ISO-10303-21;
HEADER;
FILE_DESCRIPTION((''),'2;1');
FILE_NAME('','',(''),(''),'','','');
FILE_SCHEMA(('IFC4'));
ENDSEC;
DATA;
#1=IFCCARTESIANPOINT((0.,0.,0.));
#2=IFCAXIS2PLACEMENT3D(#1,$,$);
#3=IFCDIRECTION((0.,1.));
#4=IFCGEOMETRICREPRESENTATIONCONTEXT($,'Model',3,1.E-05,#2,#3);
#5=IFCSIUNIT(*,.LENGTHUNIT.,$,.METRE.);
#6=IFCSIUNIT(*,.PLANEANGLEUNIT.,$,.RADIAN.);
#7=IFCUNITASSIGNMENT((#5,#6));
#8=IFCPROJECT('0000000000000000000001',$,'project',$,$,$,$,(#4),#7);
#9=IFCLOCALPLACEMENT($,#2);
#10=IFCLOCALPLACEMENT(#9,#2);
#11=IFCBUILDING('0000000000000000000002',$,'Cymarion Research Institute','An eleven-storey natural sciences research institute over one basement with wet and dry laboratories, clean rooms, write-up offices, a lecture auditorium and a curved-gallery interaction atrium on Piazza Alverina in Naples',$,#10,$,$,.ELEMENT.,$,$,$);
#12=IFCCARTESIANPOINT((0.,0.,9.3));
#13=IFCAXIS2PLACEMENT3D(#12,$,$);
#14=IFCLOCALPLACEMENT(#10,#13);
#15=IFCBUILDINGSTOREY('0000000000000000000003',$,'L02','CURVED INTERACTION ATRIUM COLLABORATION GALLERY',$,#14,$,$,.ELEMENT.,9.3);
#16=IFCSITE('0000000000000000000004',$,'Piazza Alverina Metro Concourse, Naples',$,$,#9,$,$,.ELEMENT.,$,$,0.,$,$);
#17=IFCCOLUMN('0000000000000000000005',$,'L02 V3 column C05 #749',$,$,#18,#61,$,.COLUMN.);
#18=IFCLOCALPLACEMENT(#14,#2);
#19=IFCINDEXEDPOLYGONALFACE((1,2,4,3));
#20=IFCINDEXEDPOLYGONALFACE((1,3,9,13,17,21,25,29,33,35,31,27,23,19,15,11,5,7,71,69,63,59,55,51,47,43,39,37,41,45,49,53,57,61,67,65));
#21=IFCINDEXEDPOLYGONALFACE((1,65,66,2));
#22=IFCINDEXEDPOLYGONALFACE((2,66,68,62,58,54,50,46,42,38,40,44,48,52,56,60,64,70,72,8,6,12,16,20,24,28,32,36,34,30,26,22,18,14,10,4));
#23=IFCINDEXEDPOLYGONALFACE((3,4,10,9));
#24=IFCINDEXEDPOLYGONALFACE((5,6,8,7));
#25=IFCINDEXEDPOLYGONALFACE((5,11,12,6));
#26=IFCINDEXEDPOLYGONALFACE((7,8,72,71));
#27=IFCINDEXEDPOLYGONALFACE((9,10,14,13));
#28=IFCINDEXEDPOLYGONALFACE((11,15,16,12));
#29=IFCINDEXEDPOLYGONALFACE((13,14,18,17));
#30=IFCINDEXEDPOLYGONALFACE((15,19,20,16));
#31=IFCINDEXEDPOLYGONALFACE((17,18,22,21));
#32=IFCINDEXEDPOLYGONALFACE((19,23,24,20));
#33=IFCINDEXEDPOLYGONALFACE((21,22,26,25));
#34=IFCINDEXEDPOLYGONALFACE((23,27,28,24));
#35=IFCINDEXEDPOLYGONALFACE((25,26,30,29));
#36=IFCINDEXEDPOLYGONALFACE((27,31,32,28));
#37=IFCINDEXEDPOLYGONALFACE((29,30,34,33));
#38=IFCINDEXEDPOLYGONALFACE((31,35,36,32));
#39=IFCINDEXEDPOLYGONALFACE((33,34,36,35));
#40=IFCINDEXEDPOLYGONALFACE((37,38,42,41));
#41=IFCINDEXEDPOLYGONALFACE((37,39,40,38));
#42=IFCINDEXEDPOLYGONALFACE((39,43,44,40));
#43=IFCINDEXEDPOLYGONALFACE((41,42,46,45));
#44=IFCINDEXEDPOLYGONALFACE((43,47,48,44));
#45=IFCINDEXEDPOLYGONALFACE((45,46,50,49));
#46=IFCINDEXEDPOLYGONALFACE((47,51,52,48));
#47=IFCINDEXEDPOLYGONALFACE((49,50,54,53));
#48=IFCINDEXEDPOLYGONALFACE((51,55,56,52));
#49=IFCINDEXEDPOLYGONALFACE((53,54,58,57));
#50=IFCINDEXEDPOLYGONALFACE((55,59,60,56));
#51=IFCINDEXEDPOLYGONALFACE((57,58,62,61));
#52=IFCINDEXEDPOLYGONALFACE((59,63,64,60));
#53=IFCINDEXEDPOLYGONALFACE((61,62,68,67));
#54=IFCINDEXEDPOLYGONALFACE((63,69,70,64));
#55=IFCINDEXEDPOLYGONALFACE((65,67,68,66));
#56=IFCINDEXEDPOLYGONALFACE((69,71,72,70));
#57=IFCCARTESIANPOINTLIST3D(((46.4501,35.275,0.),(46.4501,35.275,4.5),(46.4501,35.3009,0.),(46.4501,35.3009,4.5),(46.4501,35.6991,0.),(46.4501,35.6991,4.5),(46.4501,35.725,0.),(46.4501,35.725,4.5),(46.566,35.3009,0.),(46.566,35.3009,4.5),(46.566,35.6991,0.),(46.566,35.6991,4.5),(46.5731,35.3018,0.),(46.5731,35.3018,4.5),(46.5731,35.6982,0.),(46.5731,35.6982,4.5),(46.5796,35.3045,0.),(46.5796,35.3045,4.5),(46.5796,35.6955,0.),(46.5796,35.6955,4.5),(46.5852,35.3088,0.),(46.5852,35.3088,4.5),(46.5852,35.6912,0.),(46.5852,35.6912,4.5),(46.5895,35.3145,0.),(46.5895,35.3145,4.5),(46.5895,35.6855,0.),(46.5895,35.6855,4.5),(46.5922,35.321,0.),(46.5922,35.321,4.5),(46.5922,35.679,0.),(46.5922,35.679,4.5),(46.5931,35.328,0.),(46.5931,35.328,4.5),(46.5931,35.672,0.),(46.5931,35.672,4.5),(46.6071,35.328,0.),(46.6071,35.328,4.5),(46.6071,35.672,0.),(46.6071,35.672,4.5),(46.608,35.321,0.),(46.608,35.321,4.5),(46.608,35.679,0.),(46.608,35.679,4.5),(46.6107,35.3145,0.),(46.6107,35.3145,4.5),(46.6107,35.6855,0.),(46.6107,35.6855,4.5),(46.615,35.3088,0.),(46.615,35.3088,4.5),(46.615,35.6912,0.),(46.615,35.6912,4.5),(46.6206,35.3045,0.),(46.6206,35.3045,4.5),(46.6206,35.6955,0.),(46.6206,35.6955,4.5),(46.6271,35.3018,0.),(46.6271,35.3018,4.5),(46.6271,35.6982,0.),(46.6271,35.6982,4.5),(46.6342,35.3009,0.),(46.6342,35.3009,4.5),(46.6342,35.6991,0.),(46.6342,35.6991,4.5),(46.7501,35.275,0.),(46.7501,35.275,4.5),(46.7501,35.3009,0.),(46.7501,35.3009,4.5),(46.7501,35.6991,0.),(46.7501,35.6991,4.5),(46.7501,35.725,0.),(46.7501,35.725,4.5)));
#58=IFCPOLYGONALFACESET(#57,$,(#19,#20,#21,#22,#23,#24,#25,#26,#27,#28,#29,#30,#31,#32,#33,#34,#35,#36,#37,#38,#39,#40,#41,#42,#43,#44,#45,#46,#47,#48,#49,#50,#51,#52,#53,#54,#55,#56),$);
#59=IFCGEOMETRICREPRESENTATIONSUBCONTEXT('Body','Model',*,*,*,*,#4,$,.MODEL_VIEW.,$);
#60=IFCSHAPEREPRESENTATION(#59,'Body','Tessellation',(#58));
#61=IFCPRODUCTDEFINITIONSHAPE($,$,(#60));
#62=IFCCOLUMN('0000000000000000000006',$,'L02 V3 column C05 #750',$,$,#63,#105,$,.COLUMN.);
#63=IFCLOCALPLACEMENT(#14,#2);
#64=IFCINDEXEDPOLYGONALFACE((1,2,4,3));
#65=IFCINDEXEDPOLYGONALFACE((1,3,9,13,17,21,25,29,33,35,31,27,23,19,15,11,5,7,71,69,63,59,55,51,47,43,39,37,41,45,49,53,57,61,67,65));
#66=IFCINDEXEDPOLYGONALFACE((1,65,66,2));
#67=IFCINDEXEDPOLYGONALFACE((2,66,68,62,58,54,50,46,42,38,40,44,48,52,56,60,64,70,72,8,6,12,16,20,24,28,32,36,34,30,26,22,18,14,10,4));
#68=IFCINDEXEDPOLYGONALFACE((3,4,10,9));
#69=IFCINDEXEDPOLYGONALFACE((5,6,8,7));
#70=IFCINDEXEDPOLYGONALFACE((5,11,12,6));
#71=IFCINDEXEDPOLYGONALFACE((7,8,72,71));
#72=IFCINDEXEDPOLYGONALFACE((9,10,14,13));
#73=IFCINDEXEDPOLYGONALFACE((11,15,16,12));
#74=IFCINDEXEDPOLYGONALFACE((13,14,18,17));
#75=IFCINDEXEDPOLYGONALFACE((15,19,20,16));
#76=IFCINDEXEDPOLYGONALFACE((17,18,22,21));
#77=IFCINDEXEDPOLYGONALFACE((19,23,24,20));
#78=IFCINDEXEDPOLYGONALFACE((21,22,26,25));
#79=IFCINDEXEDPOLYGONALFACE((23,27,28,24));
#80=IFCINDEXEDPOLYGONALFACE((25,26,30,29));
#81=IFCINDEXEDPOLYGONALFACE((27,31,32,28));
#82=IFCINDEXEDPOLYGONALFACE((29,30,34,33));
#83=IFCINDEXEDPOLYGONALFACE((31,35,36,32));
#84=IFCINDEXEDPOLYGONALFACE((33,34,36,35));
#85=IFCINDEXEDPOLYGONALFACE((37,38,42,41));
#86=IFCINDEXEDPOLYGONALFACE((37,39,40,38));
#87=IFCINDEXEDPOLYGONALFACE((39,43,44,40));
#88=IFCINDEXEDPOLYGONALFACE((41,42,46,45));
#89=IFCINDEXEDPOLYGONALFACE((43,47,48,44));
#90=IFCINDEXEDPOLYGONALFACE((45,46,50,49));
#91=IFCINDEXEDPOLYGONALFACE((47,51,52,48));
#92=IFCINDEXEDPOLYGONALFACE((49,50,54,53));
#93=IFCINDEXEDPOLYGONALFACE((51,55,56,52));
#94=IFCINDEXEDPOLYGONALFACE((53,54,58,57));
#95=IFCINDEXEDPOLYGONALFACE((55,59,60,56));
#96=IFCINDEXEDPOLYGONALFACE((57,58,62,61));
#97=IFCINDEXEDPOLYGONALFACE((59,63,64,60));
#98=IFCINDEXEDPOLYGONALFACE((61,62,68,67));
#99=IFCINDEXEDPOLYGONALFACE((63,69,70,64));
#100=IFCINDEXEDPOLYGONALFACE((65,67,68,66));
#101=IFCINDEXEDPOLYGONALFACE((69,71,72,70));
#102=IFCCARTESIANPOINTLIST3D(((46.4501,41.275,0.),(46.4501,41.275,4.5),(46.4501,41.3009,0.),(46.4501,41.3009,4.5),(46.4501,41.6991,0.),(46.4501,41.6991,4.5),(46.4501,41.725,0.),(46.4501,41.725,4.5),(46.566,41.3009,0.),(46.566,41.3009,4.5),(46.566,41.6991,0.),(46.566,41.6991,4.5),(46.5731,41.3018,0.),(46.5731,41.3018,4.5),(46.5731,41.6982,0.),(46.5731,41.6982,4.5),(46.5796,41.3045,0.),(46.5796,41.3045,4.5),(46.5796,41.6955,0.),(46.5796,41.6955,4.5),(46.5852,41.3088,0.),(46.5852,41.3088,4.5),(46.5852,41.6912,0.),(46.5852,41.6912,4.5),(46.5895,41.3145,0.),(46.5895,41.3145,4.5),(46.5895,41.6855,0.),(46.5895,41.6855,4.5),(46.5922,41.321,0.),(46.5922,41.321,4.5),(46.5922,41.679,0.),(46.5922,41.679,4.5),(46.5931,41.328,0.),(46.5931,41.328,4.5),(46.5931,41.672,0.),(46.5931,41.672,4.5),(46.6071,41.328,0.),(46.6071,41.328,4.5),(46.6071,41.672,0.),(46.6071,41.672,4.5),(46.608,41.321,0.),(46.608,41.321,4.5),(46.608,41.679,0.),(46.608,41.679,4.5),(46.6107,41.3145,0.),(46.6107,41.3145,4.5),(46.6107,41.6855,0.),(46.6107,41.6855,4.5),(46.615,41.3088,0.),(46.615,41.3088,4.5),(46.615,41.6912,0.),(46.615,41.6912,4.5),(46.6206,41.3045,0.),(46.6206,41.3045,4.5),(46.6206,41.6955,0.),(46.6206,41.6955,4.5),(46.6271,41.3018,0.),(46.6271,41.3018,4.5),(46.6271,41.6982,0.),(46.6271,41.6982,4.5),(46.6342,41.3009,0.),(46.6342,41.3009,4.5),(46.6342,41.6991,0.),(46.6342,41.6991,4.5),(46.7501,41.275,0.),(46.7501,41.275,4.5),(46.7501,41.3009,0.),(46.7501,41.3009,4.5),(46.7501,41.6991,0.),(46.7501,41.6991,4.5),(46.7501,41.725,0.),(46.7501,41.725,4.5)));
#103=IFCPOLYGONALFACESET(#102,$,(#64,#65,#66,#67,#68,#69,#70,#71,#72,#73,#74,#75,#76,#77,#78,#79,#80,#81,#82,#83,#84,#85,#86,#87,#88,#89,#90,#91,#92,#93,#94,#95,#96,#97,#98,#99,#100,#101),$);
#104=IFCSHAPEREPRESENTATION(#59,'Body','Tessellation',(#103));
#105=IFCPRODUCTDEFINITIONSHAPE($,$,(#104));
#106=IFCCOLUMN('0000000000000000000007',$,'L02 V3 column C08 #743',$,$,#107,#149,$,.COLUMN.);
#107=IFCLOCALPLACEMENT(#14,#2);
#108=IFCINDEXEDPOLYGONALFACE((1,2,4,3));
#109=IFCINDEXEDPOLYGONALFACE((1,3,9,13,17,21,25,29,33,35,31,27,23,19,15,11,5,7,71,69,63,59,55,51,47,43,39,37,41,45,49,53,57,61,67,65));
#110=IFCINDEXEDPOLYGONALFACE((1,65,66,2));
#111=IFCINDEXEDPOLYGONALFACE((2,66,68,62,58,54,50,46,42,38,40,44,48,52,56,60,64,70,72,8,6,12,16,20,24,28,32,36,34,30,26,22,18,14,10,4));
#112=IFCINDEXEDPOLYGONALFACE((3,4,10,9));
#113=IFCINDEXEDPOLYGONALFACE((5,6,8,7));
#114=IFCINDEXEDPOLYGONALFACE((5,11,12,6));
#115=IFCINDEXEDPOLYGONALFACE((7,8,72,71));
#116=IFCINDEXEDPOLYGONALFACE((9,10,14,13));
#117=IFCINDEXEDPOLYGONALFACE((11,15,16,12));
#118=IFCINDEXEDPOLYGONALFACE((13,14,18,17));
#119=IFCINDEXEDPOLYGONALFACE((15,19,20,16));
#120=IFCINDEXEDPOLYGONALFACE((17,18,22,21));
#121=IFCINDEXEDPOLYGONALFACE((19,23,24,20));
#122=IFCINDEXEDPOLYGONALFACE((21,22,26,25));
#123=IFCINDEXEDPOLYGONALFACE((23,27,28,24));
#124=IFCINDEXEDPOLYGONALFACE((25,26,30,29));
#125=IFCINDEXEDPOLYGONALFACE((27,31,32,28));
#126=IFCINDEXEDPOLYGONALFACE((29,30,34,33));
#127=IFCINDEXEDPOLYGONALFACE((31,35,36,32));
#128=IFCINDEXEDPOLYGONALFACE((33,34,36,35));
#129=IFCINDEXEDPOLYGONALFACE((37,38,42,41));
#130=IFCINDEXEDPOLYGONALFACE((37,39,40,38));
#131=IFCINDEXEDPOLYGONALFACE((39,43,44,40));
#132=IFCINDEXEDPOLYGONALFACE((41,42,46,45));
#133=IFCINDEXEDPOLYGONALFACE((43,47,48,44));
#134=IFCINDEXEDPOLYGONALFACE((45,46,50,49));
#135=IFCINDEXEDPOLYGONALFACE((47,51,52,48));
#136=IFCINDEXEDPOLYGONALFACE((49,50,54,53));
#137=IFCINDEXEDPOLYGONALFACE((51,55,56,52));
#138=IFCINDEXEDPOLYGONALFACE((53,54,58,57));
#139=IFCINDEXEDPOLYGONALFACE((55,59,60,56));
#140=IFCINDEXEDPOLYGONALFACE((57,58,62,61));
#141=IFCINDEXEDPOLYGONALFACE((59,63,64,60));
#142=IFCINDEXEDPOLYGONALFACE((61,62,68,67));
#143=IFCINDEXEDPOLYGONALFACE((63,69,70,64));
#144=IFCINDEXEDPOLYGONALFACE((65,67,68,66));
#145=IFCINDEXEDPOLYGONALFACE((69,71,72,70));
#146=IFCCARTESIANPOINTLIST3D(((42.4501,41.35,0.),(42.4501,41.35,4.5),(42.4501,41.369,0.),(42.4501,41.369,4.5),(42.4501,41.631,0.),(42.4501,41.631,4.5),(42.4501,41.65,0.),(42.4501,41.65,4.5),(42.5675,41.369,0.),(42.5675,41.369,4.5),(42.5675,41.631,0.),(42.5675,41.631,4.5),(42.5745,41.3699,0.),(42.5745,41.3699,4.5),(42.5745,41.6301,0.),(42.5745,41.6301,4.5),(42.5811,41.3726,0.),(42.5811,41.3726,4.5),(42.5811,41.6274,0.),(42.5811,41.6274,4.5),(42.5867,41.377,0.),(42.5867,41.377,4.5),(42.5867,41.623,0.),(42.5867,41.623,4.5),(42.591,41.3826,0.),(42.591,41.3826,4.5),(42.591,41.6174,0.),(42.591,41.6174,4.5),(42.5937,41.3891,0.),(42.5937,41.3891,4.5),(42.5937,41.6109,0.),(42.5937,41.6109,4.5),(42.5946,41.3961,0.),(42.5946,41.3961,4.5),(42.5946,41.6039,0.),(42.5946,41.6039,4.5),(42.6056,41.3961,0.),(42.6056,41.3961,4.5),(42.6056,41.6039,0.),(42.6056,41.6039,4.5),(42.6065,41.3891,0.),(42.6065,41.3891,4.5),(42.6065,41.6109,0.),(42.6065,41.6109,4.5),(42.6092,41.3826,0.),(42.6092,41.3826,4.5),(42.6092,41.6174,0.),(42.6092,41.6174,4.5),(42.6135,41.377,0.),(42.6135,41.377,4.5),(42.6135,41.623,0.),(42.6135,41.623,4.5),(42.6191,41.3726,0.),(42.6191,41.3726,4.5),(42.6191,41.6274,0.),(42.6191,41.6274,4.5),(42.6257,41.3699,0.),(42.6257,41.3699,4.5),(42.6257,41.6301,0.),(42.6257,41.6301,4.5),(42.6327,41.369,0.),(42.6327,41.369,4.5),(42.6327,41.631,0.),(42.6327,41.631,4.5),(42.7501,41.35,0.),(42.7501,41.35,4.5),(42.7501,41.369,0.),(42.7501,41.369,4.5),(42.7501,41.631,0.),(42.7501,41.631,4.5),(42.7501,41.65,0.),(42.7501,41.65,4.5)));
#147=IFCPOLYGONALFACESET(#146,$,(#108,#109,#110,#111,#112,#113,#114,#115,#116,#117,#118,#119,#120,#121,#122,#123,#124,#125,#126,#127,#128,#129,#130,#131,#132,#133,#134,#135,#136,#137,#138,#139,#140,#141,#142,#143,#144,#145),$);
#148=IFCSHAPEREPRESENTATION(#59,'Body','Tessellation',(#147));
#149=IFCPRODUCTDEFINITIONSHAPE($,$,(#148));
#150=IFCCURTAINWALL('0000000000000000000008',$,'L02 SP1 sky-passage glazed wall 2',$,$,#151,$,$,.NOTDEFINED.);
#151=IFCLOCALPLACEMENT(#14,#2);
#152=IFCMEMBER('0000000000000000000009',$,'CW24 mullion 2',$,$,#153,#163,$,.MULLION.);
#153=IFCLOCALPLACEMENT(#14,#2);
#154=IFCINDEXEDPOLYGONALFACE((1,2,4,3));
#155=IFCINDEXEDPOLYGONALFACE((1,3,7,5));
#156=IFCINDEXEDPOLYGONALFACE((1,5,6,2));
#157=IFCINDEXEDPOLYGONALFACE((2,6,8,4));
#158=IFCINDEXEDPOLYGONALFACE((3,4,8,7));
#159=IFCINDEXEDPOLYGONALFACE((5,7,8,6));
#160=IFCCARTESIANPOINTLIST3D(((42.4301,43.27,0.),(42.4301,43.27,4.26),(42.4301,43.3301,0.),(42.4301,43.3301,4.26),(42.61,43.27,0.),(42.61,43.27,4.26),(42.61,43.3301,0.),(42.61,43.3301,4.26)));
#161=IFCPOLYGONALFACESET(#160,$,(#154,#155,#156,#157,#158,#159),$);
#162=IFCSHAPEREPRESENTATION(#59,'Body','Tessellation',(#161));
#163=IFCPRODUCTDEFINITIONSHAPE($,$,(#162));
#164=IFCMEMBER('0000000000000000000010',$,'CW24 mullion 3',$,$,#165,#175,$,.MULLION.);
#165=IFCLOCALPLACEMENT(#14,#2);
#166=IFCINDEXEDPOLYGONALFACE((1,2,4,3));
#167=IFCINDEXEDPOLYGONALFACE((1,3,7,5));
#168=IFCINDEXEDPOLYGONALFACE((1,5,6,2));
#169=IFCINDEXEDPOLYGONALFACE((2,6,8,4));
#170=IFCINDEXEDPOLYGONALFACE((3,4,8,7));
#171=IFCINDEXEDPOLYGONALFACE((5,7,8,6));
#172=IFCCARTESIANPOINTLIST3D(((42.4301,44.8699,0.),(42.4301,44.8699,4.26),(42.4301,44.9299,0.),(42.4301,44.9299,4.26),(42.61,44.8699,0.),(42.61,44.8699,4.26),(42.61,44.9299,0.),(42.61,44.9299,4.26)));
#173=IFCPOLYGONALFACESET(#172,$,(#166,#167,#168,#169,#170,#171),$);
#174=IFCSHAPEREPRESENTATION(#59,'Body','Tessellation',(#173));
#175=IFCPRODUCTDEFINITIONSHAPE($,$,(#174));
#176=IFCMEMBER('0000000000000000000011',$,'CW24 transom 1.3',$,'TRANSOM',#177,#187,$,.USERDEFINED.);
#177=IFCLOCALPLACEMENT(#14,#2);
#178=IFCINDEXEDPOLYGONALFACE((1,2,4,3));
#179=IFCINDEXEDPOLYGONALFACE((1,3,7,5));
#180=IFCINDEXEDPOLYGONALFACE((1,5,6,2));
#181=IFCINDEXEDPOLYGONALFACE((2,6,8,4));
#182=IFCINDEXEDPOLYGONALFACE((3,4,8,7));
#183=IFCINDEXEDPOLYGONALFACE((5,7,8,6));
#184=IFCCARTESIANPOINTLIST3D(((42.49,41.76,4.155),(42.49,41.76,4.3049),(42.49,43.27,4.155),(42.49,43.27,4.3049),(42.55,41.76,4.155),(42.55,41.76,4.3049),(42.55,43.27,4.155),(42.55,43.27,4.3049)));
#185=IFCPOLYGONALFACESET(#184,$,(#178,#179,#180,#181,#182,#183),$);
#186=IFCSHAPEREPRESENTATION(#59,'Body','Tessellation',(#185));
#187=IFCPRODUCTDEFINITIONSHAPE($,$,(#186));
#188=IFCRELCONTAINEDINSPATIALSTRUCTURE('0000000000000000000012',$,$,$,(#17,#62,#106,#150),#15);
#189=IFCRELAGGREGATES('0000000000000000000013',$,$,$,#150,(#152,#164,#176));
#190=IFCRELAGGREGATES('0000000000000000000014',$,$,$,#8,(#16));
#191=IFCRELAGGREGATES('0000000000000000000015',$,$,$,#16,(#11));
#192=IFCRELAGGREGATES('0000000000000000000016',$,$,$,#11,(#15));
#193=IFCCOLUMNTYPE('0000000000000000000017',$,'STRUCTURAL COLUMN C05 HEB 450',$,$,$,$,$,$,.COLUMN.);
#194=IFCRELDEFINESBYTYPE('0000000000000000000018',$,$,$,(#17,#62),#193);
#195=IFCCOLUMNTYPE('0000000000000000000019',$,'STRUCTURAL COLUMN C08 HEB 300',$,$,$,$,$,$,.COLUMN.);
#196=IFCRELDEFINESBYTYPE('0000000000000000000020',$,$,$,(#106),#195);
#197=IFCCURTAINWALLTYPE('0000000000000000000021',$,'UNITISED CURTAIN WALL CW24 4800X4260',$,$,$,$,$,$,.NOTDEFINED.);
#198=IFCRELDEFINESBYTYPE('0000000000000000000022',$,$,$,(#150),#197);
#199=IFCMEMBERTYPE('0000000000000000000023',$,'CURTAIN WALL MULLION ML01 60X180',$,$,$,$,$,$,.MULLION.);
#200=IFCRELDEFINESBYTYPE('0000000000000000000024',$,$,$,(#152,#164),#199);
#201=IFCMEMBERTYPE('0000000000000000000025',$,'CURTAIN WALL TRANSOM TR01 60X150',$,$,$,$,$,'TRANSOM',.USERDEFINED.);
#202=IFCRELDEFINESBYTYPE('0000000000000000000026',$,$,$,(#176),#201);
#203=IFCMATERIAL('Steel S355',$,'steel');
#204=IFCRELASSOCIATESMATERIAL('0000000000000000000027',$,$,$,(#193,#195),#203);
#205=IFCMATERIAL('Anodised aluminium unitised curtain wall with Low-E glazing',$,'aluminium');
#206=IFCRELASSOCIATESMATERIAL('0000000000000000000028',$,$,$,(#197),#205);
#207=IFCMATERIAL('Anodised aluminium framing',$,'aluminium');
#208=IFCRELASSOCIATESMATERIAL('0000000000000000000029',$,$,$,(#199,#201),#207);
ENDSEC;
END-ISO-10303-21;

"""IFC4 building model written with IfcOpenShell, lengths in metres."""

from ifc_helpers import new_model, si_unit, direction, frame, origin, origin_2d, place, context, subcontext, project, spatial, rectangle, i_section, extrude, material, material_profile, profile_set, type_object, element, aggregate, save


model = new_model("IFC4")

# Units and contexts
model_context = context("Model", 3, precision=1e-05, world=origin(), true_north=direction((0.0, 1.0)))
body_context = subcontext(model_context, "Body", "Model", "MODEL_VIEW")
ifc_project = project(units=[si_unit("LENGTHUNIT", "METRE"), si_unit("PLANEANGLEUNIT", "RADIAN")], contexts=[model_context])

# Site, building, storey
site_placement = place(None, origin())
site = spatial("IfcSite", under=ifc_project, at=site_placement, Name="Piazza Alverina Metro Concourse, Naples", CompositionType="ELEMENT", RefElevation=0.0)
building_placement = place(site_placement, origin())
building = spatial("IfcBuilding", under=site, at=building_placement, Name="Cymarion Research Institute", Description="An eleven-storey natural sciences research institute over one basement with wet and dry laboratories, clean rooms, write-up offices, a lecture auditorium and a curved-gallery interaction atrium on Piazza Alverina in Naples", CompositionType="ELEMENT")
storey_placement = place(building_placement, frame((0.0, 0.0, 9.3)))
storey = spatial("IfcBuildingStorey", under=building, at=storey_placement, Name="L02", Description="CURVED INTERACTION ATRIUM COLLABORATION GALLERY", CompositionType="ELEMENT", Elevation=9.3)

# Columns
ifc_material_1 = material(Name="Steel S355", Category="steel")
ifc_material_profile_1 = material_profile(ifc_material_1, i_section(OverallWidth=0.3, OverallDepth=0.45, WebThickness=0.0139, FlangeThickness=0.0259, FilletRadius=0.0271, at=origin_2d()), Name="HEB 450")
ifc_profile_set_1 = profile_set([ifc_material_profile_1], Name="Steel S355")
column_type_1 = type_object("IfcColumnType", Name="STRUCTURAL COLUMN C05 HEB 450", PredefinedType="COLUMN", material=ifc_profile_set_1)
for number, where, z_axis, x_axis, name in (
    (1, (46.6001, 35.5, 0.0), (0.0, 0.0, 1.0), (1.0, 0.0, 0.0), "L02 V3 column C05 #749"),
    (2, (46.6001, 41.5, 0.0), (0.0, 0.0, 1.0), (1.0, 0.0, 0.0), "L02 V3 column C05 #750"),
):
    element("IfcColumn", number, at=place(storey_placement, frame(where, z_axis=z_axis, x_axis=x_axis)), inside=storey, type_object=column_type_1, Name=name, PredefinedType="COLUMN", context=body_context, shape_type="SweptSolid", body=[
        extrude(i_section(OverallWidth=0.3, OverallDepth=0.45, WebThickness=0.0139, FlangeThickness=0.0259, FilletRadius=0.0271, at=origin_2d()), origin(), (0.0, 0.0, 1.0), 4.5),
    ])
ifc_material_profile_2 = material_profile(ifc_material_1, i_section(OverallWidth=0.3, OverallDepth=0.3, WebThickness=0.011, FlangeThickness=0.019, FilletRadius=0.0271, at=origin_2d()), Name="HEB 300")
ifc_profile_set_2 = profile_set([ifc_material_profile_2], Name="Steel S355")
column_type_2 = type_object("IfcColumnType", Name="STRUCTURAL COLUMN C08 HEB 300", PredefinedType="COLUMN", material=ifc_profile_set_2)
column_placement = place(storey_placement, frame((42.6001, 41.5, 0.0), z_axis=(0.0, 0.0, 1.0), x_axis=(1.0, 0.0, 0.0)))
element("IfcColumn", 3, at=column_placement, inside=storey, type_object=column_type_2, Name="L02 V3 column C08 #743", PredefinedType="COLUMN", context=body_context, shape_type="SweptSolid", body=[
    extrude(i_section(OverallWidth=0.3, OverallDepth=0.3, WebThickness=0.011, FlangeThickness=0.019, FilletRadius=0.0271, at=origin_2d()), origin(), (0.0, 0.0, 1.0), 4.5),
])

# Curtain wall, members
ifc_material_2 = material(Name="Anodised aluminium unitised curtain wall with Low-E glazing", Category="aluminium")
curtain_wall_type = type_object("IfcCurtainWallType", Name="UNITISED CURTAIN WALL CW24 4800X4260", PredefinedType="NOTDEFINED", material=ifc_material_2)
curtain_wall_placement = place(storey_placement, origin())
curtain_wall = element("IfcCurtainWall", 4, at=curtain_wall_placement, inside=storey, type_object=curtain_wall_type, Name="L02 SP1 sky-passage glazed wall 2", PredefinedType="NOTDEFINED")
ifc_material_3 = material(Name="Anodised aluminium framing", Category="aluminium")
ifc_material_profile_3 = material_profile(ifc_material_3, rectangle(XDim=0.0601, YDim=0.1799, at=origin_2d()), Name="ALU MULLION 60x180")
ifc_profile_set_3 = profile_set([ifc_material_profile_3], Name="Anodised aluminium framing")
member_type_1 = type_object("IfcMemberType", Name="CURTAIN WALL MULLION ML01 60X180", PredefinedType="MULLION", material=ifc_profile_set_3)
member_1_placement = place(storey_placement, frame((42.52, 43.3, 0.0), z_axis=(0.0, 0.0, 1.0), x_axis=(0.0, 1.0, 0.0)))
member_1 = element("IfcMember", 5, at=member_1_placement, type_object=member_type_1, Name="CW24 mullion 2", PredefinedType="MULLION", context=body_context, shape_type="SweptSolid", body=[
    extrude(rectangle(XDim=0.0601, YDim=0.1799, at=origin_2d()), origin(), (0.0, 0.0, 1.0), 4.26),
])
member_2_placement = place(storey_placement, frame((42.52, 44.8999, 0.0), z_axis=(0.0, 0.0, 1.0), x_axis=(0.0, 1.0, 0.0)))
member_2 = element("IfcMember", 6, at=member_2_placement, type_object=member_type_1, Name="CW24 mullion 3", PredefinedType="MULLION", context=body_context, shape_type="SweptSolid", body=[
    extrude(rectangle(XDim=0.0601, YDim=0.1799, at=origin_2d()), origin(), (0.0, 0.0, 1.0), 4.26),
])
ifc_material_profile_4 = material_profile(ifc_material_3, rectangle(XDim=0.0601, YDim=0.1499, at=origin_2d()), Name="ALU TRANSOM 60x150")
ifc_profile_set_4 = profile_set([ifc_material_profile_4], Name="Anodised aluminium framing")
member_type_2 = type_object("IfcMemberType", Name="CURTAIN WALL TRANSOM TR01 60X150", ElementType="TRANSOM", PredefinedType="USERDEFINED", material=ifc_profile_set_4)
member_3_placement = place(storey_placement, frame((42.52, 41.76, 4.23), z_axis=(0.0, 1.0, 0.0), x_axis=(-1.0, 0.0, 0.0)))
member_3 = element("IfcMember", 7, at=member_3_placement, type_object=member_type_2, Name="CW24 transom 1.3", ObjectType="TRANSOM", PredefinedType="USERDEFINED", context=body_context, shape_type="SweptSolid", body=[
    extrude(rectangle(XDim=0.0601, YDim=0.1499, at=origin_2d()), origin(), (0.0, 0.0, 1.0), 1.51),
])

aggregate(curtain_wall, [member_1, member_2, member_3])

save(model, "model.ifc")
